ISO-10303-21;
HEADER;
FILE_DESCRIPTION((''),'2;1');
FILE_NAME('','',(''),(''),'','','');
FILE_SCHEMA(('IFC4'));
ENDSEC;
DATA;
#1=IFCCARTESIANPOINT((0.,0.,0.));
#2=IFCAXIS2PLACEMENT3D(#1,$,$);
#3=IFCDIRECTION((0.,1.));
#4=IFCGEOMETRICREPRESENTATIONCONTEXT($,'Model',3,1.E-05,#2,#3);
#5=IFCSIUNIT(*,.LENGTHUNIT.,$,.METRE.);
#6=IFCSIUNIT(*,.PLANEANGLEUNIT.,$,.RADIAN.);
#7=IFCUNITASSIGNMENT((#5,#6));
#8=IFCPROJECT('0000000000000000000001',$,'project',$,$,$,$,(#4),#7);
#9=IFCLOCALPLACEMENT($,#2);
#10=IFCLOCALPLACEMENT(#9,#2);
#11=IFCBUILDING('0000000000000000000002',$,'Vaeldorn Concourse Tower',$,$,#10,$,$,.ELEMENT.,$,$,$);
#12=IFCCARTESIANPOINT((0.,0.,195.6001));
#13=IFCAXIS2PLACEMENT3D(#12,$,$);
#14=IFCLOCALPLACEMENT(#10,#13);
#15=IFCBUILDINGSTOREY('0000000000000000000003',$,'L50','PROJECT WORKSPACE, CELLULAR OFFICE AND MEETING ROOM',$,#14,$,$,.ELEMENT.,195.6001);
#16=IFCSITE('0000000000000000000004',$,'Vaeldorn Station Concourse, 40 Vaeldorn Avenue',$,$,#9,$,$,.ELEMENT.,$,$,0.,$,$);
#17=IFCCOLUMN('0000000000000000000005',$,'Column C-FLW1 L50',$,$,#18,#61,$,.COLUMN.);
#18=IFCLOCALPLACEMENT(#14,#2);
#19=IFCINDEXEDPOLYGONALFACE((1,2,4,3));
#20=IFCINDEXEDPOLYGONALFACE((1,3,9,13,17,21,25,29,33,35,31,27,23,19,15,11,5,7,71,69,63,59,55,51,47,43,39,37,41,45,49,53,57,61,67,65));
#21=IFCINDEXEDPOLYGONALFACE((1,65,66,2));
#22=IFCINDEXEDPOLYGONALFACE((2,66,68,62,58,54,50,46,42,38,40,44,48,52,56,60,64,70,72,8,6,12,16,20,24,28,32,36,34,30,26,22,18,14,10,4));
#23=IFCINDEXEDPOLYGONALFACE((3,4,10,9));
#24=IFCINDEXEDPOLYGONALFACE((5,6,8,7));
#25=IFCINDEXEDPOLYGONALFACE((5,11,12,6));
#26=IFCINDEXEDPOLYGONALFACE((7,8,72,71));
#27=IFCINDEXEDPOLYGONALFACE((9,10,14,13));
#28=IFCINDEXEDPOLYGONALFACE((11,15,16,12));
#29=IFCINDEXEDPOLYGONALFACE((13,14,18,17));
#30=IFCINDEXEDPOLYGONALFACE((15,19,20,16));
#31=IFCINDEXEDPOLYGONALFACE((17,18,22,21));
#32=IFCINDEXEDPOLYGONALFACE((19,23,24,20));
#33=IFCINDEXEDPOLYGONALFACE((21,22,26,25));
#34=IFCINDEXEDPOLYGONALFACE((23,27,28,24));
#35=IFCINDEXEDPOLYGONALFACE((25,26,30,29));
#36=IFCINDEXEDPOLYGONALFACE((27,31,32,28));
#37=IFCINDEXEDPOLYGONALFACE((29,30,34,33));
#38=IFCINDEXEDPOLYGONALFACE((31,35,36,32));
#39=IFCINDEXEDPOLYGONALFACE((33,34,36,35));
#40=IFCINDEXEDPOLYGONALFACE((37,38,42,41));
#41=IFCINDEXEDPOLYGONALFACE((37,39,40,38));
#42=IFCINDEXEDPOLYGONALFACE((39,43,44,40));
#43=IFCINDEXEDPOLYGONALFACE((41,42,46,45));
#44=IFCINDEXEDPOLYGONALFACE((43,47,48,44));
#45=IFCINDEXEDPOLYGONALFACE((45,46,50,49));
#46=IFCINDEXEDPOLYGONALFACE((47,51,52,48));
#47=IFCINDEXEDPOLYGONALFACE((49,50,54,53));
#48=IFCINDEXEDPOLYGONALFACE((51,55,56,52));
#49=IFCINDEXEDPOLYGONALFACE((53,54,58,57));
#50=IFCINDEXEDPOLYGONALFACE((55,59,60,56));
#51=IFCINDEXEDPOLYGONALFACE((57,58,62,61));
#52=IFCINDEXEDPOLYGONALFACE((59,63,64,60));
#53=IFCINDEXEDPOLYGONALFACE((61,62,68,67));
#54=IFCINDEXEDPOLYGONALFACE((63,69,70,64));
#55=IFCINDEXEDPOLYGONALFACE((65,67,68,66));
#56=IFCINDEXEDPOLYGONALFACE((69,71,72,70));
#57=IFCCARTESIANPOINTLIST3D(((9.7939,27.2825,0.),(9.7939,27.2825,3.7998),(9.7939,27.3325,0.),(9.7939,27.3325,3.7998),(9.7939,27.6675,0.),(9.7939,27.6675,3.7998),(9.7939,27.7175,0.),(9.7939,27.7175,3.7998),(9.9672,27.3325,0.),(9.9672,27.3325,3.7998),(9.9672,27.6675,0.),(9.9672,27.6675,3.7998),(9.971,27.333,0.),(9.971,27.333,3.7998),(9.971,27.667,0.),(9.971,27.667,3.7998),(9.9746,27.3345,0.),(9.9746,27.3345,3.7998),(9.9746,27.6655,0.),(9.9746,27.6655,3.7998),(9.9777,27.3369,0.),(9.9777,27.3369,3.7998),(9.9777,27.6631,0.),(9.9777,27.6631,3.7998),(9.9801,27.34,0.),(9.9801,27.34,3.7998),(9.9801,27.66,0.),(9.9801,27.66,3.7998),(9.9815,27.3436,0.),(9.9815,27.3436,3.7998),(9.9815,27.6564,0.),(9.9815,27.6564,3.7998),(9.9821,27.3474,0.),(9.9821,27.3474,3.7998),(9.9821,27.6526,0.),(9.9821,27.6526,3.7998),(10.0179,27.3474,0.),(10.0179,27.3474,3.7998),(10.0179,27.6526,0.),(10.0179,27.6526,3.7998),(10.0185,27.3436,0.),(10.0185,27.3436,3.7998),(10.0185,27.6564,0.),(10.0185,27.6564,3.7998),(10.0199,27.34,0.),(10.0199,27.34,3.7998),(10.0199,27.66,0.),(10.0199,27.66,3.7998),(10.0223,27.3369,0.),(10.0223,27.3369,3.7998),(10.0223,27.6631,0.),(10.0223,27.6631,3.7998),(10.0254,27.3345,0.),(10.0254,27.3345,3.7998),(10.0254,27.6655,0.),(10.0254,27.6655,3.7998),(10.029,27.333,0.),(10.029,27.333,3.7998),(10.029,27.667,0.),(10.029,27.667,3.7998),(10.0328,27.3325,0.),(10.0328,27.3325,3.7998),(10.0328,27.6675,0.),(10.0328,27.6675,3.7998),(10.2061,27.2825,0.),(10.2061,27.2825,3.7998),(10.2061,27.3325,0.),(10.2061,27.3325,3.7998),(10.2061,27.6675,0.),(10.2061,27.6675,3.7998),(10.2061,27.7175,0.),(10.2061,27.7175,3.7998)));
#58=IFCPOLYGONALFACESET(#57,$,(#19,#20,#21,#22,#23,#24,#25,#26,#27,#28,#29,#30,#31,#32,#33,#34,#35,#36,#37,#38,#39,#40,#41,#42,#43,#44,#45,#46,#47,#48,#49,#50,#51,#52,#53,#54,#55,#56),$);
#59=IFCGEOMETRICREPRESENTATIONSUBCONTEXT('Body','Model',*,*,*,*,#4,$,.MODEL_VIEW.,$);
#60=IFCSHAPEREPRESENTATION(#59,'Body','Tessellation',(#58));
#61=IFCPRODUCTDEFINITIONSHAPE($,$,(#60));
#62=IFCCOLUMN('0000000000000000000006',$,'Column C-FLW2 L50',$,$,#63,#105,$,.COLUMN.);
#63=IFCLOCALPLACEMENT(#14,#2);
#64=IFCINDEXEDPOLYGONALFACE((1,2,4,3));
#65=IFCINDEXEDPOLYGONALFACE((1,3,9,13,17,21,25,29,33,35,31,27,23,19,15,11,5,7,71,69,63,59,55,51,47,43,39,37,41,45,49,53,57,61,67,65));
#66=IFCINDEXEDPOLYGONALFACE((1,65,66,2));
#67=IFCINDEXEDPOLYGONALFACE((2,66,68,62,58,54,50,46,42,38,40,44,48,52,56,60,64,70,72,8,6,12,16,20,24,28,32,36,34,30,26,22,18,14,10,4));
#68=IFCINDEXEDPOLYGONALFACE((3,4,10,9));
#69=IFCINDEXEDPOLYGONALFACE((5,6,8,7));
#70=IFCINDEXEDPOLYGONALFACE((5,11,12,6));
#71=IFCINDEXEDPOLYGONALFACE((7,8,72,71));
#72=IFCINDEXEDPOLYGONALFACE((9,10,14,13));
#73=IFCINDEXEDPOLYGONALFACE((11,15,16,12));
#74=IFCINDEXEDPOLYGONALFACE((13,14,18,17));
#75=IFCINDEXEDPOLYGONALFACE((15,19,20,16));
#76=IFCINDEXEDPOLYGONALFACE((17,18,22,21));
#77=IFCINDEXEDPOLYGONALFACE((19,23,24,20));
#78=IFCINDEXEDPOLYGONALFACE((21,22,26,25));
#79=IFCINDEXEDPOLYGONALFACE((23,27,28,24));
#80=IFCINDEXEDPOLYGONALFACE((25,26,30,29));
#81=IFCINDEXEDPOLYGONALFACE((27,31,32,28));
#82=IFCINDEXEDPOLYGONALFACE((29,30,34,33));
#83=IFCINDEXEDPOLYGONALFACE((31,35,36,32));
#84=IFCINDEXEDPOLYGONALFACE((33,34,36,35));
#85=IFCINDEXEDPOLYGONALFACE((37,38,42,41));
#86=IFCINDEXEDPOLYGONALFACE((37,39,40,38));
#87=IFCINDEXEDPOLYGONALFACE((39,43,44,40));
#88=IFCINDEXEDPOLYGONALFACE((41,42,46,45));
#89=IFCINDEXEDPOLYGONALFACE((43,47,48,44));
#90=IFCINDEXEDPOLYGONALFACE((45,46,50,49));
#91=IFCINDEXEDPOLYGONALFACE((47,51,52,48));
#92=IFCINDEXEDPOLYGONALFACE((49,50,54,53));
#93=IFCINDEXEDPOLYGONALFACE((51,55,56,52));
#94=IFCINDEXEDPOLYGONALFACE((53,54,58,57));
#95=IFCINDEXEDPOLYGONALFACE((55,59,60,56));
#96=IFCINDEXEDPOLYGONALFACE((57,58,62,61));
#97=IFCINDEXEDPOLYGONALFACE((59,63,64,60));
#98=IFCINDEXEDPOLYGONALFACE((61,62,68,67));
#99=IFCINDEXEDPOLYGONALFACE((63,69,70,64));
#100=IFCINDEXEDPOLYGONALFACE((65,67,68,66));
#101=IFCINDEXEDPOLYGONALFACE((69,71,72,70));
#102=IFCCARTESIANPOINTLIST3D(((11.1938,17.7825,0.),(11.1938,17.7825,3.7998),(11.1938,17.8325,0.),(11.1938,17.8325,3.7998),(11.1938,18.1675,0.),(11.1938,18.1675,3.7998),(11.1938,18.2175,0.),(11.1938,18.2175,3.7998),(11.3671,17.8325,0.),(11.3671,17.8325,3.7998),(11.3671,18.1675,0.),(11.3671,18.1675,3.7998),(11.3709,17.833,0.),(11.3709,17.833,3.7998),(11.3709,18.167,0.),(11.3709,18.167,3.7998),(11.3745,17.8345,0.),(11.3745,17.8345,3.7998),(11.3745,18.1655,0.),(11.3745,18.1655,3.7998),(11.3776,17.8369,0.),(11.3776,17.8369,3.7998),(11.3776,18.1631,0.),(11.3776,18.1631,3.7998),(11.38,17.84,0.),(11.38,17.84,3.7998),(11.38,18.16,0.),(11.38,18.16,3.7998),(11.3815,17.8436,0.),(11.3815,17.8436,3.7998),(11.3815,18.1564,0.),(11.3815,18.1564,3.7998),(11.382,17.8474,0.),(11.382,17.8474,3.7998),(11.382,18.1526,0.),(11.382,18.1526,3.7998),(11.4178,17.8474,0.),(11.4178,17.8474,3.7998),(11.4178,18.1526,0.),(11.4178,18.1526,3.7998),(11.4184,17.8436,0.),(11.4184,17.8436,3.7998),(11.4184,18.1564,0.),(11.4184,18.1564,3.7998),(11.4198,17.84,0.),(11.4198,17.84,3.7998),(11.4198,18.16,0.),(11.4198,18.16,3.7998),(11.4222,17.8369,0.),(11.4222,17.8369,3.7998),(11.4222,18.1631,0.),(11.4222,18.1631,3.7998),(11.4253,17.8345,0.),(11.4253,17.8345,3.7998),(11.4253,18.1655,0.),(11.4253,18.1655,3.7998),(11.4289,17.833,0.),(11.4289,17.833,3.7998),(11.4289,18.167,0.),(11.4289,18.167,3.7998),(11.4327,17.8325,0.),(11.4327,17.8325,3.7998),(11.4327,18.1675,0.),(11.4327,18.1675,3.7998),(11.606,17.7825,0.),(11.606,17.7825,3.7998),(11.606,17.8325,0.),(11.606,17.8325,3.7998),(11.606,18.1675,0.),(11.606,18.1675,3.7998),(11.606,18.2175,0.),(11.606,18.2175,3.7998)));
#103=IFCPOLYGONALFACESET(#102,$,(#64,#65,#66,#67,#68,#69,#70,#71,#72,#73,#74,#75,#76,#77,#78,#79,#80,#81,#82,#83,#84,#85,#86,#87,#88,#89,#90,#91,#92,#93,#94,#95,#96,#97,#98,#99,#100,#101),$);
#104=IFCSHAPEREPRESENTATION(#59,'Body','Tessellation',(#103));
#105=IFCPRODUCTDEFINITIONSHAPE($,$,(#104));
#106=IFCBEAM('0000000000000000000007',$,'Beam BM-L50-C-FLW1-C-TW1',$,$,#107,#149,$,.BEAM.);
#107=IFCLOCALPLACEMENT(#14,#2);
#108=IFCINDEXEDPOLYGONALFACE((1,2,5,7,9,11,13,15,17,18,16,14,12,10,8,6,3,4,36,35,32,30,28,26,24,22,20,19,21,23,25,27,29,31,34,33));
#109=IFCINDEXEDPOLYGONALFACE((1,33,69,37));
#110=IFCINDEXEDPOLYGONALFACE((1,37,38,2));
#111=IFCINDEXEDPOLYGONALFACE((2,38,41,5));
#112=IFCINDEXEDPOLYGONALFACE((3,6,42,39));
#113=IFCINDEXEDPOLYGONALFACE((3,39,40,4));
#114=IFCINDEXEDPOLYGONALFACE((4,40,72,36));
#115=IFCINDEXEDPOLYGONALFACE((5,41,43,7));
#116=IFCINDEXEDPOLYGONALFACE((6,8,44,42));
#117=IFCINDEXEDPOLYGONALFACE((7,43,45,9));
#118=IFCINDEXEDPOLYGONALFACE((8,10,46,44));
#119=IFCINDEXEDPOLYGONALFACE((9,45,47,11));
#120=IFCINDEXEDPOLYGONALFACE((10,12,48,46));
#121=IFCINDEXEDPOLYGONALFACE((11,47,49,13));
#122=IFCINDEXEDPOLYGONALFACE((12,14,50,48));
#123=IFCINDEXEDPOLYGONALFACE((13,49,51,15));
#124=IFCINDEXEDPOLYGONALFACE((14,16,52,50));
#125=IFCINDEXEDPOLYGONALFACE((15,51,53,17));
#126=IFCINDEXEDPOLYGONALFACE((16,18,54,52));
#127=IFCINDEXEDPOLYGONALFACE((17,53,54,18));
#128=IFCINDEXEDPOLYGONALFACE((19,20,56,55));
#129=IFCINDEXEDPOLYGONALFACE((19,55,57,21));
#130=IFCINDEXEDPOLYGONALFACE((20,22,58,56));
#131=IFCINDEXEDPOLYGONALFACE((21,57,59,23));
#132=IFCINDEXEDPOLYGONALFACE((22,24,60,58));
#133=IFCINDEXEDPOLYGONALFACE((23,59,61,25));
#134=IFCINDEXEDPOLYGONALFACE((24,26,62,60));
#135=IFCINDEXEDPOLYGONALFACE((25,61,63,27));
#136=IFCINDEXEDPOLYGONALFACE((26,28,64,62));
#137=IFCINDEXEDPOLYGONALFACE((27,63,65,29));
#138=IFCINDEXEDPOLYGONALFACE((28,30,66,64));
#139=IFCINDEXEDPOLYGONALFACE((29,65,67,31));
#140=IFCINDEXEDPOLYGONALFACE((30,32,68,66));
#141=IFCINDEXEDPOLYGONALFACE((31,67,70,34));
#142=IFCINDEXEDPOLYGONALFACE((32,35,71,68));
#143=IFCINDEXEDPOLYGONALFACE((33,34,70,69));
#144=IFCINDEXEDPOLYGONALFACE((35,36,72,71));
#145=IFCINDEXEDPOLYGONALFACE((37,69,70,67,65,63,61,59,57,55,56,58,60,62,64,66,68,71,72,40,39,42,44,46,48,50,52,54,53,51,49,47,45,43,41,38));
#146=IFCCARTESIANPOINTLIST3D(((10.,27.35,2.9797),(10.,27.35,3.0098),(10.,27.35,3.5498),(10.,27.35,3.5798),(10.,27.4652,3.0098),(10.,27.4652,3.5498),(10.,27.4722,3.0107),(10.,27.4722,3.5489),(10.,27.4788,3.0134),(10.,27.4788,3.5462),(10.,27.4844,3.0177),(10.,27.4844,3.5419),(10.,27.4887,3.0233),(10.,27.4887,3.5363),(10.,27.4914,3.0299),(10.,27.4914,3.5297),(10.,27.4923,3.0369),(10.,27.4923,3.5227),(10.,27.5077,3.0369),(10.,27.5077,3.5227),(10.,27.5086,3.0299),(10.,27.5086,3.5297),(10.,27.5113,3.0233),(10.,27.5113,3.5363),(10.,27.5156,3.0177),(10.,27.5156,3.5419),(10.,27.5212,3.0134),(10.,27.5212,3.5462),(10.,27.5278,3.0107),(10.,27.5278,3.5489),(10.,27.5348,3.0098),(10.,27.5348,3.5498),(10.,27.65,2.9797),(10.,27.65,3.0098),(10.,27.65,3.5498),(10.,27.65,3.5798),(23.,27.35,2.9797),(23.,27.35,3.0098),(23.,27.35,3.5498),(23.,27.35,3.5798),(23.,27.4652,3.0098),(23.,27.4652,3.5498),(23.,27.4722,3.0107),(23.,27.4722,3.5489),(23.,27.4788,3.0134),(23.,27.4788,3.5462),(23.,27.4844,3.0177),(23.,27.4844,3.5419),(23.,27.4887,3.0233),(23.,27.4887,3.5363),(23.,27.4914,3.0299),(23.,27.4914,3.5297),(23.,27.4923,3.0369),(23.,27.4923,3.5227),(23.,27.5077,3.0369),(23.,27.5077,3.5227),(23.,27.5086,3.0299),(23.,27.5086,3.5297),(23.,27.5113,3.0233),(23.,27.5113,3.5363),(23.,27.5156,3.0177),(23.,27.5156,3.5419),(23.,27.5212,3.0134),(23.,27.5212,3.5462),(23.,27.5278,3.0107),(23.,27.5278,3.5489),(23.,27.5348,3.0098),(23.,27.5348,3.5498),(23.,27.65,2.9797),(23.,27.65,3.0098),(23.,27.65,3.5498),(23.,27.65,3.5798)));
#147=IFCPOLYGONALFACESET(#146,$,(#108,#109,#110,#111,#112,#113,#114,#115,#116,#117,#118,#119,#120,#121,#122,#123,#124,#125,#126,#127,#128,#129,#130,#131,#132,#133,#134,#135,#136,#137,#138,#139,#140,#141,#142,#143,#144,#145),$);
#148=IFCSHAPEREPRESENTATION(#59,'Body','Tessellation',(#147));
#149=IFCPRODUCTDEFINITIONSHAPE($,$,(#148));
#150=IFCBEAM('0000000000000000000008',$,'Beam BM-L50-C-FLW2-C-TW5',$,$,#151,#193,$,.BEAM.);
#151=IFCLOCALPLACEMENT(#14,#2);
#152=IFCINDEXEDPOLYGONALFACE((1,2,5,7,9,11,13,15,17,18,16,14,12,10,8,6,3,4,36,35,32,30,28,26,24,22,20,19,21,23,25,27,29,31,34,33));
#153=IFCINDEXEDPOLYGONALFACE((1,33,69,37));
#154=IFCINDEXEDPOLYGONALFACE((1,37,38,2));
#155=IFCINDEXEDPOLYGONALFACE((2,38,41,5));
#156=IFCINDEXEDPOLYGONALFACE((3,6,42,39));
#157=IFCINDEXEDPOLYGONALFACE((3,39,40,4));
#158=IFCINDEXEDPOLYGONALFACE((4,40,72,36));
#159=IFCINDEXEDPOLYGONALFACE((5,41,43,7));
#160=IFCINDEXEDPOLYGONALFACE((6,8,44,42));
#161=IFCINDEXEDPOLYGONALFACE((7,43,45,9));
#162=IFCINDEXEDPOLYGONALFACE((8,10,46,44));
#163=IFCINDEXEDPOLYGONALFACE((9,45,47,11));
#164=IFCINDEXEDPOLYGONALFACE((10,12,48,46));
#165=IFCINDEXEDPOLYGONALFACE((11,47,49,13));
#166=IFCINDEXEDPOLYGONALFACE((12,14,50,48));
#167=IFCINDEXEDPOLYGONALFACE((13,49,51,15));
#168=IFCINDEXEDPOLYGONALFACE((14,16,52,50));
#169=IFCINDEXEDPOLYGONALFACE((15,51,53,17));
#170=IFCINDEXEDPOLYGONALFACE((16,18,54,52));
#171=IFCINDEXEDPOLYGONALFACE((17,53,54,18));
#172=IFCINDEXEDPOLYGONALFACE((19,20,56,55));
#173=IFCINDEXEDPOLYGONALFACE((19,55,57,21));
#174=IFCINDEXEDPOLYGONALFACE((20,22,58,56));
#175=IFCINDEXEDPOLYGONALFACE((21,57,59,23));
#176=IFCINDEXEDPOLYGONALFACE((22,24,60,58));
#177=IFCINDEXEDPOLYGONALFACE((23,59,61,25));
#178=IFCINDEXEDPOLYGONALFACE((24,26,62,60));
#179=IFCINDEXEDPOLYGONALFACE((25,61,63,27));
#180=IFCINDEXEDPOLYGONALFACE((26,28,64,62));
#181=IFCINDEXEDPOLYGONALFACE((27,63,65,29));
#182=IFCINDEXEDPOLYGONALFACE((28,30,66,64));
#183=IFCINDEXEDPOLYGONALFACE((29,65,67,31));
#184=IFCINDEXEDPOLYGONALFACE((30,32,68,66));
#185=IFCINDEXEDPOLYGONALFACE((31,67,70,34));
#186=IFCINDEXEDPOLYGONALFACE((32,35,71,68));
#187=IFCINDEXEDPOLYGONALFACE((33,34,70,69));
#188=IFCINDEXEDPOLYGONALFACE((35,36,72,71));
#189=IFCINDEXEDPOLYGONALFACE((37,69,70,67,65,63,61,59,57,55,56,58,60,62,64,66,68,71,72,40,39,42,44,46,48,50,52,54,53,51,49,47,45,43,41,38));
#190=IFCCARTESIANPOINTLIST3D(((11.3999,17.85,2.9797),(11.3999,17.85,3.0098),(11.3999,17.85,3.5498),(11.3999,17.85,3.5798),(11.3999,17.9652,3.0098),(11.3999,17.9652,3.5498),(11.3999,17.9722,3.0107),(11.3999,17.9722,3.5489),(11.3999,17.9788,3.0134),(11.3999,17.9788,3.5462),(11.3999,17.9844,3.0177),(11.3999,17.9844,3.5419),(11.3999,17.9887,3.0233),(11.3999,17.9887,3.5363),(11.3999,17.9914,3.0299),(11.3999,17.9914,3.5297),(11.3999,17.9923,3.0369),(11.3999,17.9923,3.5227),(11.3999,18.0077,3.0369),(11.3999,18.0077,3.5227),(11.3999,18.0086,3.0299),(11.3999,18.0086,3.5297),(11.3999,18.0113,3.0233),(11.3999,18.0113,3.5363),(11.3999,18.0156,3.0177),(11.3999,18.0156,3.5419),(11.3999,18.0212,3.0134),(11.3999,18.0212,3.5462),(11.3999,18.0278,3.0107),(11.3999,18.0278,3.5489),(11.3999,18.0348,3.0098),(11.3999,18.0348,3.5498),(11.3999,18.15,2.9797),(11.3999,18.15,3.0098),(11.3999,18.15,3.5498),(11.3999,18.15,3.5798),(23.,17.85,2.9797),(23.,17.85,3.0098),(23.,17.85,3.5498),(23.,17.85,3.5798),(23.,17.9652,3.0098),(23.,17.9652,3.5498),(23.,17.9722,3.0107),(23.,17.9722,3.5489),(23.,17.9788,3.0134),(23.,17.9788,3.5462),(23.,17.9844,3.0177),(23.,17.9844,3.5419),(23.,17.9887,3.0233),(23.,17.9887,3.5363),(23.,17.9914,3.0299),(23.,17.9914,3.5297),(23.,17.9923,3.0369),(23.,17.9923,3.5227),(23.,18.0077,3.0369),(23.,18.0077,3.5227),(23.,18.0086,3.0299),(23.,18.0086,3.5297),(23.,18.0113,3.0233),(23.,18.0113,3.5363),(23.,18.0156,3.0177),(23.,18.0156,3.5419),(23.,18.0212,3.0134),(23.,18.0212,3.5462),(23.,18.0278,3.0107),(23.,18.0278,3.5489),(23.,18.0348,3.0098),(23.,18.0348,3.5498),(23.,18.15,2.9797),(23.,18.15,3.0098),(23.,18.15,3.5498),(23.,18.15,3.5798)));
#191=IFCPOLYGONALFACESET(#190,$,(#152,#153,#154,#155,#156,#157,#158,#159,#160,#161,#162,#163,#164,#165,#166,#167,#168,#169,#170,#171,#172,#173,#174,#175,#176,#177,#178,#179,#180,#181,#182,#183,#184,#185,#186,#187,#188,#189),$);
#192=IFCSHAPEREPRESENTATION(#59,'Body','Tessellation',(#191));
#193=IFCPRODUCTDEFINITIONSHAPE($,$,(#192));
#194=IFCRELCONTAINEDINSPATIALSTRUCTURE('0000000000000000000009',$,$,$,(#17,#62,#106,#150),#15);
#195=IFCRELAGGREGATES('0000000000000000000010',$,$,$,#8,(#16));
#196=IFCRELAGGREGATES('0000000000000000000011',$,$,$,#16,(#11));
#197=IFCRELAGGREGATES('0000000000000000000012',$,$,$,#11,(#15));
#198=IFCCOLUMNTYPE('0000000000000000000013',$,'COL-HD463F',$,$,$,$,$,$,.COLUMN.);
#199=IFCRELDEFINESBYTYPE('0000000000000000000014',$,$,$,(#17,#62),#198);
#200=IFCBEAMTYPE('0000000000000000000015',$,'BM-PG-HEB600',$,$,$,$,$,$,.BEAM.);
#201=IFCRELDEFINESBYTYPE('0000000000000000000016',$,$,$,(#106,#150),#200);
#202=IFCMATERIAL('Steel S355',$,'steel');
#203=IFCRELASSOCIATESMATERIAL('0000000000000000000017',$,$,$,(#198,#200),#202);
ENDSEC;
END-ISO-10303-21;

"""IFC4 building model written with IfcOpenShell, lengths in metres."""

from ifc_helpers import new_model, si_unit, direction, frame, origin, origin_2d, place, context, subcontext, project, spatial, i_section, extrude, source, transform, mapped, material, material_profile, profile_set, type_object, element, save


model = new_model("IFC4")

# Units and contexts
model_context = context("Model", 3, precision=1e-05, world=origin(), true_north=direction((0.0, 1.0)))
body_context = subcontext(model_context, "Body", "Model", "MODEL_VIEW")
ifc_project = project(units=[si_unit("LENGTHUNIT", "METRE"), si_unit("PLANEANGLEUNIT", "RADIAN")], contexts=[model_context])

# Site, building, storey
site_placement = place(None, origin())
site = spatial("IfcSite", under=ifc_project, at=site_placement, Name="Vaeldorn Station Concourse, 40 Vaeldorn Avenue", CompositionType="ELEMENT", RefElevation=0.0)
building_placement = place(site_placement, origin())
building = spatial("IfcBuilding", under=site, at=building_placement, Name="Vaeldorn Concourse Tower", CompositionType="ELEMENT")
storey_placement = place(building_placement, frame((0.0, 0.0, 195.6001)))
storey = spatial("IfcBuildingStorey", under=building, at=storey_placement, Name="L50", Description="PROJECT WORKSPACE, CELLULAR OFFICE AND MEETING ROOM", CompositionType="ELEMENT", Elevation=195.6001)

# Columns
ifc_material_1 = material(Name="Steel S355", Category="steel")
ifc_material_profile_1 = material_profile(ifc_material_1, i_section(OverallWidth=0.4121, OverallDepth=0.4351, WebThickness=0.0359, FlangeThickness=0.05, FilletRadius=0.0149, at=origin_2d()), Name="HD 400x463")
ifc_profile_set_1 = profile_set([ifc_material_profile_1], Name="Steel S355")
column_type = type_object("IfcColumnType", Name="COL-HD463F", PredefinedType="COLUMN", material=ifc_profile_set_1)
shared_shape_1 = source(origin(), body_context, "Body", "SweptSolid", [
    extrude(i_section(OverallWidth=0.4121, OverallDepth=0.4351, WebThickness=0.0359, FlangeThickness=0.05, FilletRadius=0.0149, at=origin_2d()), origin(), (0.0, 0.0, 1.0), 3.7998),
])
for number, where, z_axis, x_axis, name in (
    (1, (10.0, 27.5, 0.0), (0.0, 0.0, 1.0), (1.0, 0.0, 0.0), "Column C-FLW1 L50"),
    (2, (11.3999, 18.0, 0.0), (0.0, 0.0, 1.0), (1.0, 0.0, 0.0), "Column C-FLW2 L50"),
):
    element("IfcColumn", number, at=place(storey_placement, frame(where, z_axis=z_axis, x_axis=x_axis)), inside=storey, type_object=column_type, Name=name, PredefinedType="COLUMN", context=body_context, shape_type="MappedRepresentation", body=[
        mapped(shared_shape_1, transform((0.0, 0.0, 0.0), scale=1.0)),
    ])

# Beams
ifc_material_profile_2 = material_profile(ifc_material_1, i_section(OverallWidth=0.3, OverallDepth=0.6001, WebThickness=0.0154, FlangeThickness=0.03, FilletRadius=0.0271, at=origin_2d()), Name="HEB 600")
ifc_profile_set_2 = profile_set([ifc_material_profile_2], Name="Steel S355")
beam_type_1 = type_object("IfcBeamType", Name="BM-PG-HEB600", PredefinedType="BEAM", material=ifc_profile_set_2)
shared_shape_2 = source(origin(), body_context, "Body", "SweptSolid", [
    extrude(i_section(OverallWidth=0.3, OverallDepth=0.6001, WebThickness=0.0154, FlangeThickness=0.03, FilletRadius=0.0271, at=origin_2d()), origin(), (0.0, 0.0, 1.0), 13.0),
])
beam_1_placement = place(storey_placement, frame((10.0, 27.5, 3.2798), z_axis=(1.0, 0.0, 0.0), x_axis=(0.0, 1.0, 0.0)))
element("IfcBeam", 3, at=beam_1_placement, inside=storey, type_object=beam_type_1, Name="Beam BM-L50-C-FLW1-C-TW1", PredefinedType="BEAM", context=body_context, shape_type="MappedRepresentation", body=[
    mapped(shared_shape_2, transform((0.0, 0.0, 0.0), scale=1.0)),
])
shared_shape_3 = source(origin(), body_context, "Body", "SweptSolid", [
    extrude(i_section(OverallWidth=0.3, OverallDepth=0.6001, WebThickness=0.0154, FlangeThickness=0.03, FilletRadius=0.0271, at=origin_2d()), origin(), (0.0, 0.0, 1.0), 11.6001),
])
beam_2_placement = place(storey_placement, frame((11.3999, 18.0, 3.2798), z_axis=(1.0, 0.0, 0.0), x_axis=(0.0, 1.0, 0.0)))
element("IfcBeam", 4, at=beam_2_placement, inside=storey, type_object=beam_type_1, Name="Beam BM-L50-C-FLW2-C-TW5", PredefinedType="BEAM", context=body_context, shape_type="MappedRepresentation", body=[
    mapped(shared_shape_3, transform((0.0, 0.0, 0.0), scale=1.0)),
])

save(model, "model.ifc")
